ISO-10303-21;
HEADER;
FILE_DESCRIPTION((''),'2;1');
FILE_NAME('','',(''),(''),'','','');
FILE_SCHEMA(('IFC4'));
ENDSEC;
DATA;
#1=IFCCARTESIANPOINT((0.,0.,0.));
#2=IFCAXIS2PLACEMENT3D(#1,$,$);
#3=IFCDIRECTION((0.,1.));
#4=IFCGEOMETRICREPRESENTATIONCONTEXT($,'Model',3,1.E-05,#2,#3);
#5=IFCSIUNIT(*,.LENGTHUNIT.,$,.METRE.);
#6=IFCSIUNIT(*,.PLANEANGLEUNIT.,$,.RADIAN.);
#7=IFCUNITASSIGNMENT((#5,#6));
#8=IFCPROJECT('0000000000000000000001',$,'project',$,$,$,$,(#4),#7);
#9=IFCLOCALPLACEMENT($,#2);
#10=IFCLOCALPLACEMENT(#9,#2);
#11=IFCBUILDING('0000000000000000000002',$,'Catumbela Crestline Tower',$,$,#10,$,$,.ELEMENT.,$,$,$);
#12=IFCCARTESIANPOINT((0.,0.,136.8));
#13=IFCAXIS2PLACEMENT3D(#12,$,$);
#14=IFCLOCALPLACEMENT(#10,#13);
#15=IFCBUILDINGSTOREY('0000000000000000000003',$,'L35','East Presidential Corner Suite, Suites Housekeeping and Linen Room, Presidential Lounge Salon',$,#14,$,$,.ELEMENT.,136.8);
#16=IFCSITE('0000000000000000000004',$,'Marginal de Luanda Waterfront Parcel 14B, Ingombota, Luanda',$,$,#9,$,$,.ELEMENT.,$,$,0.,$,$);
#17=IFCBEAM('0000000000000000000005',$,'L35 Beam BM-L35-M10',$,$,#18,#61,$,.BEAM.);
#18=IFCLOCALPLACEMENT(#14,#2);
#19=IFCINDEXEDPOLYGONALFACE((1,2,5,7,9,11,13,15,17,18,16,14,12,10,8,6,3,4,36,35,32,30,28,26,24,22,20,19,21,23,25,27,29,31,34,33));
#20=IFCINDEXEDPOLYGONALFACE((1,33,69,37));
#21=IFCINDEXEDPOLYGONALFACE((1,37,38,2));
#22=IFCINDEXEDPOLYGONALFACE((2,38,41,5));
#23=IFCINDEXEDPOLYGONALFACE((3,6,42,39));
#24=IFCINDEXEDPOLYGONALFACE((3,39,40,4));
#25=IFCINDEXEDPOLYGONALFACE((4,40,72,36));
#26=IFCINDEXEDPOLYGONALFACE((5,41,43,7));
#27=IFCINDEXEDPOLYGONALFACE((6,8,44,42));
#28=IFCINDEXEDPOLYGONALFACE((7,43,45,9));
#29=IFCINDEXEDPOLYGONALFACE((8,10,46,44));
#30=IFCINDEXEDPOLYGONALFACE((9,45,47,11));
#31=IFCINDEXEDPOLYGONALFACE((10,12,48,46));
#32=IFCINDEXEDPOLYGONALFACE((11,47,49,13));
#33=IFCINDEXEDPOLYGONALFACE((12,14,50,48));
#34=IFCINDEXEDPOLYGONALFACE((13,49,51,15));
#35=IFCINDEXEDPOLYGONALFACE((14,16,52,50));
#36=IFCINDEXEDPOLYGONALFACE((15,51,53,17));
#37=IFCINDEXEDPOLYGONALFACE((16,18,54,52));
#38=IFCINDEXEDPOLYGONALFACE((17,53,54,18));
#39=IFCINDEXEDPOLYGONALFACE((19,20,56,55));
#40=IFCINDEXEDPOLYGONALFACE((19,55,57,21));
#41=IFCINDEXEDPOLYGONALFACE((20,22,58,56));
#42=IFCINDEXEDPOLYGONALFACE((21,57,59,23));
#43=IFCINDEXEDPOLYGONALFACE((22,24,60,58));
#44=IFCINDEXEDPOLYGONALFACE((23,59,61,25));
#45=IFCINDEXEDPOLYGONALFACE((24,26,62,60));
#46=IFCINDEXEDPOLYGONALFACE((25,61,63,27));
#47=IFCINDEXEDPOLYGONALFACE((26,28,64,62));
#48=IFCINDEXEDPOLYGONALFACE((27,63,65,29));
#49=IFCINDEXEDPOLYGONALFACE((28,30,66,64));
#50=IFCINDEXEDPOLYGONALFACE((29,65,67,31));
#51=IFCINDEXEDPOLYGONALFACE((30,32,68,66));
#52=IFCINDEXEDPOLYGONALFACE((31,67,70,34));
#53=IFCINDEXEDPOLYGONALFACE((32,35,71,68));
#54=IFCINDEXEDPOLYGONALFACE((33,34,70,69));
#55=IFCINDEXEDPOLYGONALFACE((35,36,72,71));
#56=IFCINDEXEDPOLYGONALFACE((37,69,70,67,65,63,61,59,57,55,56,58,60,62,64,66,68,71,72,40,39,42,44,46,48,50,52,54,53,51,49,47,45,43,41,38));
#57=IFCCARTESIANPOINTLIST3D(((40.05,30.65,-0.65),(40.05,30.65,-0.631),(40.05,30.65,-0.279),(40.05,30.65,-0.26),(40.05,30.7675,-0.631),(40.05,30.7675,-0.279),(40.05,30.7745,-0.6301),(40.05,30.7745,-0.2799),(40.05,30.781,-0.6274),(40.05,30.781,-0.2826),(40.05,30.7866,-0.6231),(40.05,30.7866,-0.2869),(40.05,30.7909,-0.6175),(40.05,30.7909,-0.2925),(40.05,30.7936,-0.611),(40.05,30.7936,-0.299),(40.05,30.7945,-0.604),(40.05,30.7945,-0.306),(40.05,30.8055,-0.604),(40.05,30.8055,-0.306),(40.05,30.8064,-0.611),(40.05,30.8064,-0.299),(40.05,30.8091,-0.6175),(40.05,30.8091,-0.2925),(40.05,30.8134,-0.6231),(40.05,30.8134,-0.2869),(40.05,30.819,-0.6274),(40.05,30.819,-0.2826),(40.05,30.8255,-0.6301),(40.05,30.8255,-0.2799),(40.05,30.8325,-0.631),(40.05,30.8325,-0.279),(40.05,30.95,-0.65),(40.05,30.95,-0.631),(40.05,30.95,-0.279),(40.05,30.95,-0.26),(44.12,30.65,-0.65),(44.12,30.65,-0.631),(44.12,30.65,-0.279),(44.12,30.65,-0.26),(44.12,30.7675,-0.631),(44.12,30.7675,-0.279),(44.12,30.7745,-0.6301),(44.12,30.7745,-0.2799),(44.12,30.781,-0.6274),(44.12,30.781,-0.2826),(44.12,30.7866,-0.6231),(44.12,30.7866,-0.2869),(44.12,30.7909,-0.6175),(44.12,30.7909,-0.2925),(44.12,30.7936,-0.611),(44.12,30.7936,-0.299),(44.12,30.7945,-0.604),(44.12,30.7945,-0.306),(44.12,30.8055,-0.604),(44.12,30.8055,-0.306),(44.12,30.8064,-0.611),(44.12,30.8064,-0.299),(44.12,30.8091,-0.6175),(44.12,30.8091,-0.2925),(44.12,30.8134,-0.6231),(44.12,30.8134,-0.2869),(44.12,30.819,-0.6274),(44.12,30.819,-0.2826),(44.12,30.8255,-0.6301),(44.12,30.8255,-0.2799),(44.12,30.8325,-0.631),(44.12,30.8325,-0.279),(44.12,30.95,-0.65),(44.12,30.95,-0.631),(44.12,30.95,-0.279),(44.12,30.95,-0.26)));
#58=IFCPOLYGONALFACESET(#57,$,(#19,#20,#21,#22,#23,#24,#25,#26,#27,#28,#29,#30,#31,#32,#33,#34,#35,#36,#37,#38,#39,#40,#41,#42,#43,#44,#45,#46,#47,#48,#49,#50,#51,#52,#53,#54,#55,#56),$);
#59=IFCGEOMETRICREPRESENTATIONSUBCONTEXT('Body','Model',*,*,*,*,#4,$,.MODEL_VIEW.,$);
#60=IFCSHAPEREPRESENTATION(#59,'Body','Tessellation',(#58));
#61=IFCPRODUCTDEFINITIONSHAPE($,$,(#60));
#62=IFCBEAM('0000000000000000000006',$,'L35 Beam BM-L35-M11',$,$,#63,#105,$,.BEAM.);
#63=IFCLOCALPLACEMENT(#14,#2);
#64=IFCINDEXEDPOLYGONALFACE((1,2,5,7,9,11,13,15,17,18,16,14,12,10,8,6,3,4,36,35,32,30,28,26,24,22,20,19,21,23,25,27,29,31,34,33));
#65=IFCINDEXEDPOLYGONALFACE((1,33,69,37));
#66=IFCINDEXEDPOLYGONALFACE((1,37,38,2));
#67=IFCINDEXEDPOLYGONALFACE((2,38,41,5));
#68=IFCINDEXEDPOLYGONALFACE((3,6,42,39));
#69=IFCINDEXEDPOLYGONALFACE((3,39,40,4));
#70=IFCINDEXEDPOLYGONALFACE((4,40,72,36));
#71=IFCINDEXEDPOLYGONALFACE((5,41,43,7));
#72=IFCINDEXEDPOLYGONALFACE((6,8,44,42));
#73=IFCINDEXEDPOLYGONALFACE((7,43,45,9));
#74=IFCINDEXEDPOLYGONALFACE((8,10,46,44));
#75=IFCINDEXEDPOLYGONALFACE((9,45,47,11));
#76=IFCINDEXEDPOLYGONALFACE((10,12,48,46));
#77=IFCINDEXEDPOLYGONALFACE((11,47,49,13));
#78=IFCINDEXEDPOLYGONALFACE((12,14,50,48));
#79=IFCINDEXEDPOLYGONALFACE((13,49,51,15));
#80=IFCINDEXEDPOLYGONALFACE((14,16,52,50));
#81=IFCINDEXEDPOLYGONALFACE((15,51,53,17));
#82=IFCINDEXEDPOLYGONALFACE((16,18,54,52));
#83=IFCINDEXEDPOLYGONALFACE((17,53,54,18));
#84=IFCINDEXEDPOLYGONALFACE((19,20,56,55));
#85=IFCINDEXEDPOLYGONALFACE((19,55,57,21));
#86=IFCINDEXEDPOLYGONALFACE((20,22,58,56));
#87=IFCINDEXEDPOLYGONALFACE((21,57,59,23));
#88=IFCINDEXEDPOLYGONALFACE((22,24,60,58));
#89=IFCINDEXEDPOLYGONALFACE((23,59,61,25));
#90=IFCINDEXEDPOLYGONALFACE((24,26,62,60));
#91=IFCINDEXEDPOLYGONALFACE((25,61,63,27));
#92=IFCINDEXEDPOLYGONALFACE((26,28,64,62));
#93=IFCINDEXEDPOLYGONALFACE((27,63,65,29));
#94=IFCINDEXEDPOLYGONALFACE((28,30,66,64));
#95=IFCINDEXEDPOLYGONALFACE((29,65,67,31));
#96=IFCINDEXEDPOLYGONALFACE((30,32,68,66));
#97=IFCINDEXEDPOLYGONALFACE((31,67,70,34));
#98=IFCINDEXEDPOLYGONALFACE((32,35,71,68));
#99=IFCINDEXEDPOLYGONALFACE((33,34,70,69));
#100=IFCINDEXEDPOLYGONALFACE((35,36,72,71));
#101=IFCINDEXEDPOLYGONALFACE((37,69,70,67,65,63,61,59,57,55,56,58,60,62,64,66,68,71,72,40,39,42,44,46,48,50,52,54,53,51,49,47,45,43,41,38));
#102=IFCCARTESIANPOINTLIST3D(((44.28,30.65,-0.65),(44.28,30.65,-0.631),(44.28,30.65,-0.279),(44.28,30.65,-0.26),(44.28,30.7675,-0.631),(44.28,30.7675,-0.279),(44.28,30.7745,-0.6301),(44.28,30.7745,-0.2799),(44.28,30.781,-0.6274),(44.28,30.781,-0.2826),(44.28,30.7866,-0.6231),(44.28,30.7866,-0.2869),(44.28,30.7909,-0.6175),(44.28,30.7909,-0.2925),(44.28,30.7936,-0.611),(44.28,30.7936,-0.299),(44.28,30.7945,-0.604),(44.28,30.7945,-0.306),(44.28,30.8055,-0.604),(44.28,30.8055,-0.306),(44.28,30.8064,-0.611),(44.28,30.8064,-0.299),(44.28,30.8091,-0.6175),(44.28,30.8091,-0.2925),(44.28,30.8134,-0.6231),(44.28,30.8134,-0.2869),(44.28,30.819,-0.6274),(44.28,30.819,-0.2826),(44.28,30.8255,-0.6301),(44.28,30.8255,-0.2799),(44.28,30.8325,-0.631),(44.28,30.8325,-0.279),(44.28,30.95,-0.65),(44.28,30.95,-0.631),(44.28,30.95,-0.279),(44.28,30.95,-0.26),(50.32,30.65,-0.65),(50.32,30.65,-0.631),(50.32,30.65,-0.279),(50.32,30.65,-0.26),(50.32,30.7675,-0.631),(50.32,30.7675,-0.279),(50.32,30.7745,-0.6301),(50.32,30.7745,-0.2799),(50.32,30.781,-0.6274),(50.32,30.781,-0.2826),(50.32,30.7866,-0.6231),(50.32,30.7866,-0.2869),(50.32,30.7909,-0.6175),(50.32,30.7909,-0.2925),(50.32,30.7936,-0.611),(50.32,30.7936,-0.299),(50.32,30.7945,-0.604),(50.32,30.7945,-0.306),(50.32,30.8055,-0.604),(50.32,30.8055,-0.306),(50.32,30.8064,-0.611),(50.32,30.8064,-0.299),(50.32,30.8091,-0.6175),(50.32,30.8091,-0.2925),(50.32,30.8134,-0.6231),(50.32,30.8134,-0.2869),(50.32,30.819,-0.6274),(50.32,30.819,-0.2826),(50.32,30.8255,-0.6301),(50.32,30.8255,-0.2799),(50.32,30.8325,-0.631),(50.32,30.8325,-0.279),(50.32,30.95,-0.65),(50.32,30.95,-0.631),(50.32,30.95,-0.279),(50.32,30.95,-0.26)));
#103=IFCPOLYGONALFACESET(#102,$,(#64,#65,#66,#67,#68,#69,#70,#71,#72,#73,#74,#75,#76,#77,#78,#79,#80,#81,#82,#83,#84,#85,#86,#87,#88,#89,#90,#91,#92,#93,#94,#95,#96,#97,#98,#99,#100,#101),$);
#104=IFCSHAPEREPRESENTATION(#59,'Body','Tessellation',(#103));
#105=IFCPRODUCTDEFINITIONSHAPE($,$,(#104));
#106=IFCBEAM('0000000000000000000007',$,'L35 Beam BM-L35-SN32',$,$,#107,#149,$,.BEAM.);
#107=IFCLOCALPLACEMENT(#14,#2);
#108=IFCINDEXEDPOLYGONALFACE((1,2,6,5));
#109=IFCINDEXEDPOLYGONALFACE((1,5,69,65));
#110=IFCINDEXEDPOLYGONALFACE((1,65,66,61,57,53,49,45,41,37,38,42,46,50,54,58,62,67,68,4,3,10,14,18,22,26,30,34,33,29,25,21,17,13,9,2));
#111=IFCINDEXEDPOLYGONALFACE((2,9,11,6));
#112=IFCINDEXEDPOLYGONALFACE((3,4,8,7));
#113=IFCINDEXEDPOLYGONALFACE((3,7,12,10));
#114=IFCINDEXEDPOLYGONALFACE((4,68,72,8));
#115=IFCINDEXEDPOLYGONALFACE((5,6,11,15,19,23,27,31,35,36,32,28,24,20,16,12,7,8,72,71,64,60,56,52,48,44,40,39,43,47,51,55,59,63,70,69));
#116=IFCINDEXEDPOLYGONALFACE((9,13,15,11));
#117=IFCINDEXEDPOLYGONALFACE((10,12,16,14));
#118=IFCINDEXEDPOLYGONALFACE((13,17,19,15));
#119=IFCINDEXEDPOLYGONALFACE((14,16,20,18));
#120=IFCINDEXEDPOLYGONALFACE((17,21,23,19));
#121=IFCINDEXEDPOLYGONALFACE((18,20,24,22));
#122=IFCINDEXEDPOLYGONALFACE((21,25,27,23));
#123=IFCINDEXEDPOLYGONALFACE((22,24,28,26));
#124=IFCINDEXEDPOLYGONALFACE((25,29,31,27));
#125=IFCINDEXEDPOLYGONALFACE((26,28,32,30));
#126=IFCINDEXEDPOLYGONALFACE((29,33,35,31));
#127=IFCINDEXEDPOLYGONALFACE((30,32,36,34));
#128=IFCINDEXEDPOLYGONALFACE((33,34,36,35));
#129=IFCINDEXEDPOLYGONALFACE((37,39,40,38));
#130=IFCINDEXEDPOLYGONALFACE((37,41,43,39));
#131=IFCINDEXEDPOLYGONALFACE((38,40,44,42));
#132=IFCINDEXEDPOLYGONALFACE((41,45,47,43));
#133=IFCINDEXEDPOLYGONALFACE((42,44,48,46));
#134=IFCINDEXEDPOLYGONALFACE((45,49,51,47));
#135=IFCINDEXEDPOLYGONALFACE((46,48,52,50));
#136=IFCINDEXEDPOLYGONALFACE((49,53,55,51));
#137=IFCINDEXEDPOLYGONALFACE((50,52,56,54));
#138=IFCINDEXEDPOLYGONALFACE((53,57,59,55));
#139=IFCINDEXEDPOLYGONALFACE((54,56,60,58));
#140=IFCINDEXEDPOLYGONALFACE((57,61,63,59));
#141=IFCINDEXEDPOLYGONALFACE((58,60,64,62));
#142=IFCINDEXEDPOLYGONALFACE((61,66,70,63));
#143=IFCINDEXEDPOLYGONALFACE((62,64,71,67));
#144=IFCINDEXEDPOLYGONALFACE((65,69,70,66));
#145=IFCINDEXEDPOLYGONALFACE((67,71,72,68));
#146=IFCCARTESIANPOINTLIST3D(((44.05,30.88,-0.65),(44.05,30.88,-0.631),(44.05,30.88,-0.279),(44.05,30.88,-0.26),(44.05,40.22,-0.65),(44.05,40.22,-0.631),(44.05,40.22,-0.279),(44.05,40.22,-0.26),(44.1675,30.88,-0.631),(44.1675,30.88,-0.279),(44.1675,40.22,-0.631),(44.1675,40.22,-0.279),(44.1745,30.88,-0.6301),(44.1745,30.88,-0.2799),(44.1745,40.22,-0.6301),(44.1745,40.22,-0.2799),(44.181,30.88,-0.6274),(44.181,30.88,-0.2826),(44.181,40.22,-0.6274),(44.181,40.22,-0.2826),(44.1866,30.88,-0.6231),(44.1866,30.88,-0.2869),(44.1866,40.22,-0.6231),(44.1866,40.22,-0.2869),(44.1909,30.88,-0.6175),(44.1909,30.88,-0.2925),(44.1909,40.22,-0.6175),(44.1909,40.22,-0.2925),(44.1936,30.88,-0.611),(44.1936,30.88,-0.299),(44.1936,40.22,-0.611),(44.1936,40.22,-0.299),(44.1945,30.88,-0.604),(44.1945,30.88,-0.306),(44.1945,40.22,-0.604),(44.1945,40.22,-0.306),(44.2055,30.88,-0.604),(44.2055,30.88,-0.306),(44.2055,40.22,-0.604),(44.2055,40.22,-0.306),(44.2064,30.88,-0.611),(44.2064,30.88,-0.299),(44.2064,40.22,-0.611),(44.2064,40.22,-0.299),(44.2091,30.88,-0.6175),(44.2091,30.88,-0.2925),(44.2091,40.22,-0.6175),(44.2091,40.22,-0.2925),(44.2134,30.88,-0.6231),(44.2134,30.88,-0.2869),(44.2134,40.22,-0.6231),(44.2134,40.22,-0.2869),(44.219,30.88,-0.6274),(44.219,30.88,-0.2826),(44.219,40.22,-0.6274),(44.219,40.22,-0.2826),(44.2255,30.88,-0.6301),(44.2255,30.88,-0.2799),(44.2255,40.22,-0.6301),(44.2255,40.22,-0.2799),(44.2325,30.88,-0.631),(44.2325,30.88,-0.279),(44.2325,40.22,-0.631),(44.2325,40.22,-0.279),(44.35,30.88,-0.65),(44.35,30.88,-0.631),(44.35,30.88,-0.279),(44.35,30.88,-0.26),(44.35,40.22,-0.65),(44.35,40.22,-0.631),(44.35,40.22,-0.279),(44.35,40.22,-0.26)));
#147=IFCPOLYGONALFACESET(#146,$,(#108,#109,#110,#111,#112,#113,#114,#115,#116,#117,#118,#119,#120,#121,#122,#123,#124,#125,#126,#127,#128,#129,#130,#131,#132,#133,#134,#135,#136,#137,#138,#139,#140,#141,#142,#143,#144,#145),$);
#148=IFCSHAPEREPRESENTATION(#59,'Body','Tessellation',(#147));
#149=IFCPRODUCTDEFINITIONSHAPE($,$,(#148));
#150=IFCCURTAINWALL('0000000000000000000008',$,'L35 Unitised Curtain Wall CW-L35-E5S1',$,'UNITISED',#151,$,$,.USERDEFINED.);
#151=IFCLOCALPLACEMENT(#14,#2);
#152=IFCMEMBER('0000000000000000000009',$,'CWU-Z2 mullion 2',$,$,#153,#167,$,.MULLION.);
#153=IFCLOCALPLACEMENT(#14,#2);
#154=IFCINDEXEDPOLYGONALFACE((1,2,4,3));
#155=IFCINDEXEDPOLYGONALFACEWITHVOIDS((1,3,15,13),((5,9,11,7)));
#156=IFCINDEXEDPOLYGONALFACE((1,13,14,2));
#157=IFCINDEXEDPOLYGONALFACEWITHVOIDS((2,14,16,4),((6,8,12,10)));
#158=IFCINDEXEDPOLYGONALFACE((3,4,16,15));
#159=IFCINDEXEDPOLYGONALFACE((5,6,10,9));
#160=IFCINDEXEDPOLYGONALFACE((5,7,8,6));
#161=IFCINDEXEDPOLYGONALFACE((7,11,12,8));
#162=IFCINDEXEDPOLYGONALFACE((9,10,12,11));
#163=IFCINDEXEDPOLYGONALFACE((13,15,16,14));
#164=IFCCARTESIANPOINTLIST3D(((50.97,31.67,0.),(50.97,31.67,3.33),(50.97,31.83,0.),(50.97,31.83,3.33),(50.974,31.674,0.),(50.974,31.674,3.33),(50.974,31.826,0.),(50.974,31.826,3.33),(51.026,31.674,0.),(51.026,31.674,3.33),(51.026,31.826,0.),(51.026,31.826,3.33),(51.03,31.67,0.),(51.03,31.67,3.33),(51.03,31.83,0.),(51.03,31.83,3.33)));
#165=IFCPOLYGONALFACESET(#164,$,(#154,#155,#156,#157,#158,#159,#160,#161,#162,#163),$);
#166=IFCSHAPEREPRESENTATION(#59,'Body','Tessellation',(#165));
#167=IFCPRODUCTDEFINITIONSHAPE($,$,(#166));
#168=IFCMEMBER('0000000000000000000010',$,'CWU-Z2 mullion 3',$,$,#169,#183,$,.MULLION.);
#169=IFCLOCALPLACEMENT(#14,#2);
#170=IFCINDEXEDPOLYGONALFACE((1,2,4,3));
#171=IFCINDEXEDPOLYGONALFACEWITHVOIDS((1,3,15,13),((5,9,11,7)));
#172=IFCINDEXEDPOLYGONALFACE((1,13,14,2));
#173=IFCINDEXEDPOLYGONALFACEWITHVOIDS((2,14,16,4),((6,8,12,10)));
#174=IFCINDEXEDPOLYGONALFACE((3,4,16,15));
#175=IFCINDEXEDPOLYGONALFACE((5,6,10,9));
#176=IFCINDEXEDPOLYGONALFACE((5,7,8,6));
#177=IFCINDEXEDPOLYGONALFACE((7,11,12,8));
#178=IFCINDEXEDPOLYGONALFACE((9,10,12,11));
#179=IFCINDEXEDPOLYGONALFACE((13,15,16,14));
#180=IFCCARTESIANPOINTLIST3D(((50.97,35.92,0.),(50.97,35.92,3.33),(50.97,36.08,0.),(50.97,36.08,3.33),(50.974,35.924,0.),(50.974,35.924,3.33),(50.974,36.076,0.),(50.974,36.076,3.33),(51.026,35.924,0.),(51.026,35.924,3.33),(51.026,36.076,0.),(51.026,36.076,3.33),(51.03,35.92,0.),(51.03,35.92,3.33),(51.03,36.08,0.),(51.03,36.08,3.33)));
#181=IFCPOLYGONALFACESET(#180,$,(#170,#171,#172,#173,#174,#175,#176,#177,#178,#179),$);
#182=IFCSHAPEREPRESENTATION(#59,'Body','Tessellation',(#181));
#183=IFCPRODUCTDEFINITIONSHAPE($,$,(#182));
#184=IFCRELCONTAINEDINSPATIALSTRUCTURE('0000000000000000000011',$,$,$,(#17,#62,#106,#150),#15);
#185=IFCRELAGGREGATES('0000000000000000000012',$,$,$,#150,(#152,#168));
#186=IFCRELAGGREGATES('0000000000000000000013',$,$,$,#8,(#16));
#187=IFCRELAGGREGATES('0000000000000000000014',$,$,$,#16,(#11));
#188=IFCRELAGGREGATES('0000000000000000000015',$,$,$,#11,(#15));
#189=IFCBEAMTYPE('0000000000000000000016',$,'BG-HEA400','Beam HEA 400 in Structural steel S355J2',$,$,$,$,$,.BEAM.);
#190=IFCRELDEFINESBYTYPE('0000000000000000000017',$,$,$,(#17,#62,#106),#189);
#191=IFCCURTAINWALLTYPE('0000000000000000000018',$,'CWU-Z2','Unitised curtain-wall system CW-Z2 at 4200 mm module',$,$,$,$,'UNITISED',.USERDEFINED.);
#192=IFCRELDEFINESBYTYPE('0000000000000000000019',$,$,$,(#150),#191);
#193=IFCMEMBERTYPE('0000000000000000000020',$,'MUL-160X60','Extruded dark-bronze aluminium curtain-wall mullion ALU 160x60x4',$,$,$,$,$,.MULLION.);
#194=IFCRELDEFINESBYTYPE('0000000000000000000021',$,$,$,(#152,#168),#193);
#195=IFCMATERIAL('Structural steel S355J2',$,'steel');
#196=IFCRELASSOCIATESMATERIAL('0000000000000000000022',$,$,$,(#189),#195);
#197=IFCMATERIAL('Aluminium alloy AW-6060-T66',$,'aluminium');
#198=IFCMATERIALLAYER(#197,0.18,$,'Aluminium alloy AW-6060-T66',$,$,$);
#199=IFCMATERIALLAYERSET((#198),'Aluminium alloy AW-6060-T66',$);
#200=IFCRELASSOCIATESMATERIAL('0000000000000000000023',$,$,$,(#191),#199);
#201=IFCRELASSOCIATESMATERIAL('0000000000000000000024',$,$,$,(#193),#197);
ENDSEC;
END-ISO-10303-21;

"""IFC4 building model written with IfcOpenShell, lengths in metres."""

from ifc_helpers import new_model, si_unit, direction, frame, origin, origin_2d, place, context, subcontext, project, spatial, hollow_rectangle, i_section, extrude, material, layer, layer_set, material_profile, profile_set, type_object, element, aggregate, save


model = new_model("IFC4")

# Units and contexts
model_context = context("Model", 3, precision=1e-05, world=origin(), true_north=direction((0.0, 1.0)))
body_context = subcontext(model_context, "Body", "Model", "MODEL_VIEW")
ifc_project = project(units=[si_unit("LENGTHUNIT", "METRE"), si_unit("PLANEANGLEUNIT", "RADIAN")], contexts=[model_context])

# Site, building, storey
site_placement = place(None, origin())
site = spatial("IfcSite", under=ifc_project, at=site_placement, Name="Marginal de Luanda Waterfront Parcel 14B, Ingombota, Luanda", CompositionType="ELEMENT", RefElevation=0.0)
building_placement = place(site_placement, origin())
building = spatial("IfcBuilding", under=site, at=building_placement, Name="Catumbela Crestline Tower", CompositionType="ELEMENT")
storey_placement = place(building_placement, frame((0.0, 0.0, 136.8)))
storey = spatial("IfcBuildingStorey", under=building, at=storey_placement, Name="L35", Description="East Presidential Corner Suite, Suites Housekeeping and Linen Room, Presidential Lounge Salon", CompositionType="ELEMENT", Elevation=136.8)

# Beams
ifc_material_1 = material(Name="Structural steel S355J2", Category="steel")
ifc_material_profile_1 = material_profile(ifc_material_1, i_section(OverallWidth=0.3, OverallDepth=0.39, WebThickness=0.011, FlangeThickness=0.019, FilletRadius=0.027, at=origin_2d()), Name="HEA 400")
ifc_profile_set_1 = profile_set([ifc_material_profile_1], Name="Structural steel S355J2")
beam_type_1 = type_object("IfcBeamType", Name="BG-HEA400", Description="Beam HEA 400 in Structural steel S355J2", PredefinedType="BEAM", material=ifc_profile_set_1)
beam_1_placement = place(storey_placement, frame((40.05, 30.8, -0.455), z_axis=(1.0, 0.0, 0.0), x_axis=(0.0, 1.0, 0.0)))
element("IfcBeam", 1, at=beam_1_placement, inside=storey, type_object=beam_type_1, Name="L35 Beam BM-L35-M10", PredefinedType="BEAM", context=body_context, shape_type="SweptSolid", body=[
    extrude(i_section(OverallWidth=0.3, OverallDepth=0.39, WebThickness=0.011, FlangeThickness=0.019, FilletRadius=0.027, at=origin_2d()), origin(), (0.0, 0.0, 1.0), 4.07),
])
beam_2_placement = place(storey_placement, frame((44.28, 30.8, -0.455), z_axis=(1.0, 0.0, 0.0), x_axis=(0.0, 1.0, 0.0)))
element("IfcBeam", 2, at=beam_2_placement, inside=storey, type_object=beam_type_1, Name="L35 Beam BM-L35-M11", PredefinedType="BEAM", context=body_context, shape_type="SweptSolid", body=[
    extrude(i_section(OverallWidth=0.3, OverallDepth=0.39, WebThickness=0.011, FlangeThickness=0.019, FilletRadius=0.027, at=origin_2d()), origin(), (0.0, 0.0, 1.0), 6.04),
])
beam_3_placement = place(storey_placement, frame((44.2, 30.88, -0.455), z_axis=(0.0, 1.0, 0.0), x_axis=(-1.0, 0.0, 0.0)))
element("IfcBeam", 3, at=beam_3_placement, inside=storey, type_object=beam_type_1, Name="L35 Beam BM-L35-SN32", PredefinedType="BEAM", context=body_context, shape_type="SweptSolid", body=[
    extrude(i_section(OverallWidth=0.3, OverallDepth=0.39, WebThickness=0.011, FlangeThickness=0.019, FilletRadius=0.027, at=origin_2d()), origin(), (0.0, 0.0, 1.0), 9.34),
])

# Curtain wall, members
ifc_material_2 = material(Name="Aluminium alloy AW-6060-T66", Category="aluminium")
ifc_layer_1 = layer(ifc_material_2, 0.18, Name="Aluminium alloy AW-6060-T66")
ifc_layer_set_1 = layer_set([ifc_layer_1], Name="Aluminium alloy AW-6060-T66")
curtain_wall_type = type_object("IfcCurtainWallType", Name="CWU-Z2", Description="Unitised curtain-wall system CW-Z2 at 4200 mm module", ElementType="UNITISED", PredefinedType="USERDEFINED", material=ifc_layer_set_1)
curtain_wall_placement = place(storey_placement, origin())
curtain_wall = element("IfcCurtainWall", 4, at=curtain_wall_placement, inside=storey, type_object=curtain_wall_type, Name="L35 Unitised Curtain Wall CW-L35-E5S1", ObjectType="UNITISED", PredefinedType="USERDEFINED")
ifc_material_profile_2 = material_profile(ifc_material_2, hollow_rectangle(XDim=0.06, YDim=0.16, WallThickness=0.004, at=origin_2d()), Name="ALU 160x60x4")
ifc_profile_set_2 = profile_set([ifc_material_profile_2], Name="Aluminium alloy AW-6060-T66")
member_type_1 = type_object("IfcMemberType", Name="MUL-160X60", Description="Extruded dark-bronze aluminium curtain-wall mullion ALU 160x60x4", PredefinedType="MULLION", material=ifc_profile_set_2)
member_1_placement = place(storey_placement, frame((51.0, 31.75, 0.0), z_axis=(0.0, 0.0, 1.0), x_axis=(-1.0, 0.0, 0.0)))
member_1 = element("IfcMember", 5, at=member_1_placement, type_object=member_type_1, Name="CWU-Z2 mullion 2", PredefinedType="MULLION", context=body_context, shape_type="SweptSolid", body=[
    extrude(hollow_rectangle(XDim=0.06, YDim=0.16, WallThickness=0.004, at=origin_2d()), origin(), (0.0, 0.0, 1.0), 3.33),
])
member_2_placement = place(storey_placement, frame((51.0, 36.0, 0.0), z_axis=(0.0, 0.0, 1.0), x_axis=(-1.0, 0.0, 0.0)))
member_2 = element("IfcMember", 6, at=member_2_placement, type_object=member_type_1, Name="CWU-Z2 mullion 3", PredefinedType="MULLION", context=body_context, shape_type="SweptSolid", body=[
    extrude(hollow_rectangle(XDim=0.06, YDim=0.16, WallThickness=0.004, at=origin_2d()), origin(), (0.0, 0.0, 1.0), 3.33),
])

aggregate(curtain_wall, [member_1, member_2])

save(model, "model.ifc")
